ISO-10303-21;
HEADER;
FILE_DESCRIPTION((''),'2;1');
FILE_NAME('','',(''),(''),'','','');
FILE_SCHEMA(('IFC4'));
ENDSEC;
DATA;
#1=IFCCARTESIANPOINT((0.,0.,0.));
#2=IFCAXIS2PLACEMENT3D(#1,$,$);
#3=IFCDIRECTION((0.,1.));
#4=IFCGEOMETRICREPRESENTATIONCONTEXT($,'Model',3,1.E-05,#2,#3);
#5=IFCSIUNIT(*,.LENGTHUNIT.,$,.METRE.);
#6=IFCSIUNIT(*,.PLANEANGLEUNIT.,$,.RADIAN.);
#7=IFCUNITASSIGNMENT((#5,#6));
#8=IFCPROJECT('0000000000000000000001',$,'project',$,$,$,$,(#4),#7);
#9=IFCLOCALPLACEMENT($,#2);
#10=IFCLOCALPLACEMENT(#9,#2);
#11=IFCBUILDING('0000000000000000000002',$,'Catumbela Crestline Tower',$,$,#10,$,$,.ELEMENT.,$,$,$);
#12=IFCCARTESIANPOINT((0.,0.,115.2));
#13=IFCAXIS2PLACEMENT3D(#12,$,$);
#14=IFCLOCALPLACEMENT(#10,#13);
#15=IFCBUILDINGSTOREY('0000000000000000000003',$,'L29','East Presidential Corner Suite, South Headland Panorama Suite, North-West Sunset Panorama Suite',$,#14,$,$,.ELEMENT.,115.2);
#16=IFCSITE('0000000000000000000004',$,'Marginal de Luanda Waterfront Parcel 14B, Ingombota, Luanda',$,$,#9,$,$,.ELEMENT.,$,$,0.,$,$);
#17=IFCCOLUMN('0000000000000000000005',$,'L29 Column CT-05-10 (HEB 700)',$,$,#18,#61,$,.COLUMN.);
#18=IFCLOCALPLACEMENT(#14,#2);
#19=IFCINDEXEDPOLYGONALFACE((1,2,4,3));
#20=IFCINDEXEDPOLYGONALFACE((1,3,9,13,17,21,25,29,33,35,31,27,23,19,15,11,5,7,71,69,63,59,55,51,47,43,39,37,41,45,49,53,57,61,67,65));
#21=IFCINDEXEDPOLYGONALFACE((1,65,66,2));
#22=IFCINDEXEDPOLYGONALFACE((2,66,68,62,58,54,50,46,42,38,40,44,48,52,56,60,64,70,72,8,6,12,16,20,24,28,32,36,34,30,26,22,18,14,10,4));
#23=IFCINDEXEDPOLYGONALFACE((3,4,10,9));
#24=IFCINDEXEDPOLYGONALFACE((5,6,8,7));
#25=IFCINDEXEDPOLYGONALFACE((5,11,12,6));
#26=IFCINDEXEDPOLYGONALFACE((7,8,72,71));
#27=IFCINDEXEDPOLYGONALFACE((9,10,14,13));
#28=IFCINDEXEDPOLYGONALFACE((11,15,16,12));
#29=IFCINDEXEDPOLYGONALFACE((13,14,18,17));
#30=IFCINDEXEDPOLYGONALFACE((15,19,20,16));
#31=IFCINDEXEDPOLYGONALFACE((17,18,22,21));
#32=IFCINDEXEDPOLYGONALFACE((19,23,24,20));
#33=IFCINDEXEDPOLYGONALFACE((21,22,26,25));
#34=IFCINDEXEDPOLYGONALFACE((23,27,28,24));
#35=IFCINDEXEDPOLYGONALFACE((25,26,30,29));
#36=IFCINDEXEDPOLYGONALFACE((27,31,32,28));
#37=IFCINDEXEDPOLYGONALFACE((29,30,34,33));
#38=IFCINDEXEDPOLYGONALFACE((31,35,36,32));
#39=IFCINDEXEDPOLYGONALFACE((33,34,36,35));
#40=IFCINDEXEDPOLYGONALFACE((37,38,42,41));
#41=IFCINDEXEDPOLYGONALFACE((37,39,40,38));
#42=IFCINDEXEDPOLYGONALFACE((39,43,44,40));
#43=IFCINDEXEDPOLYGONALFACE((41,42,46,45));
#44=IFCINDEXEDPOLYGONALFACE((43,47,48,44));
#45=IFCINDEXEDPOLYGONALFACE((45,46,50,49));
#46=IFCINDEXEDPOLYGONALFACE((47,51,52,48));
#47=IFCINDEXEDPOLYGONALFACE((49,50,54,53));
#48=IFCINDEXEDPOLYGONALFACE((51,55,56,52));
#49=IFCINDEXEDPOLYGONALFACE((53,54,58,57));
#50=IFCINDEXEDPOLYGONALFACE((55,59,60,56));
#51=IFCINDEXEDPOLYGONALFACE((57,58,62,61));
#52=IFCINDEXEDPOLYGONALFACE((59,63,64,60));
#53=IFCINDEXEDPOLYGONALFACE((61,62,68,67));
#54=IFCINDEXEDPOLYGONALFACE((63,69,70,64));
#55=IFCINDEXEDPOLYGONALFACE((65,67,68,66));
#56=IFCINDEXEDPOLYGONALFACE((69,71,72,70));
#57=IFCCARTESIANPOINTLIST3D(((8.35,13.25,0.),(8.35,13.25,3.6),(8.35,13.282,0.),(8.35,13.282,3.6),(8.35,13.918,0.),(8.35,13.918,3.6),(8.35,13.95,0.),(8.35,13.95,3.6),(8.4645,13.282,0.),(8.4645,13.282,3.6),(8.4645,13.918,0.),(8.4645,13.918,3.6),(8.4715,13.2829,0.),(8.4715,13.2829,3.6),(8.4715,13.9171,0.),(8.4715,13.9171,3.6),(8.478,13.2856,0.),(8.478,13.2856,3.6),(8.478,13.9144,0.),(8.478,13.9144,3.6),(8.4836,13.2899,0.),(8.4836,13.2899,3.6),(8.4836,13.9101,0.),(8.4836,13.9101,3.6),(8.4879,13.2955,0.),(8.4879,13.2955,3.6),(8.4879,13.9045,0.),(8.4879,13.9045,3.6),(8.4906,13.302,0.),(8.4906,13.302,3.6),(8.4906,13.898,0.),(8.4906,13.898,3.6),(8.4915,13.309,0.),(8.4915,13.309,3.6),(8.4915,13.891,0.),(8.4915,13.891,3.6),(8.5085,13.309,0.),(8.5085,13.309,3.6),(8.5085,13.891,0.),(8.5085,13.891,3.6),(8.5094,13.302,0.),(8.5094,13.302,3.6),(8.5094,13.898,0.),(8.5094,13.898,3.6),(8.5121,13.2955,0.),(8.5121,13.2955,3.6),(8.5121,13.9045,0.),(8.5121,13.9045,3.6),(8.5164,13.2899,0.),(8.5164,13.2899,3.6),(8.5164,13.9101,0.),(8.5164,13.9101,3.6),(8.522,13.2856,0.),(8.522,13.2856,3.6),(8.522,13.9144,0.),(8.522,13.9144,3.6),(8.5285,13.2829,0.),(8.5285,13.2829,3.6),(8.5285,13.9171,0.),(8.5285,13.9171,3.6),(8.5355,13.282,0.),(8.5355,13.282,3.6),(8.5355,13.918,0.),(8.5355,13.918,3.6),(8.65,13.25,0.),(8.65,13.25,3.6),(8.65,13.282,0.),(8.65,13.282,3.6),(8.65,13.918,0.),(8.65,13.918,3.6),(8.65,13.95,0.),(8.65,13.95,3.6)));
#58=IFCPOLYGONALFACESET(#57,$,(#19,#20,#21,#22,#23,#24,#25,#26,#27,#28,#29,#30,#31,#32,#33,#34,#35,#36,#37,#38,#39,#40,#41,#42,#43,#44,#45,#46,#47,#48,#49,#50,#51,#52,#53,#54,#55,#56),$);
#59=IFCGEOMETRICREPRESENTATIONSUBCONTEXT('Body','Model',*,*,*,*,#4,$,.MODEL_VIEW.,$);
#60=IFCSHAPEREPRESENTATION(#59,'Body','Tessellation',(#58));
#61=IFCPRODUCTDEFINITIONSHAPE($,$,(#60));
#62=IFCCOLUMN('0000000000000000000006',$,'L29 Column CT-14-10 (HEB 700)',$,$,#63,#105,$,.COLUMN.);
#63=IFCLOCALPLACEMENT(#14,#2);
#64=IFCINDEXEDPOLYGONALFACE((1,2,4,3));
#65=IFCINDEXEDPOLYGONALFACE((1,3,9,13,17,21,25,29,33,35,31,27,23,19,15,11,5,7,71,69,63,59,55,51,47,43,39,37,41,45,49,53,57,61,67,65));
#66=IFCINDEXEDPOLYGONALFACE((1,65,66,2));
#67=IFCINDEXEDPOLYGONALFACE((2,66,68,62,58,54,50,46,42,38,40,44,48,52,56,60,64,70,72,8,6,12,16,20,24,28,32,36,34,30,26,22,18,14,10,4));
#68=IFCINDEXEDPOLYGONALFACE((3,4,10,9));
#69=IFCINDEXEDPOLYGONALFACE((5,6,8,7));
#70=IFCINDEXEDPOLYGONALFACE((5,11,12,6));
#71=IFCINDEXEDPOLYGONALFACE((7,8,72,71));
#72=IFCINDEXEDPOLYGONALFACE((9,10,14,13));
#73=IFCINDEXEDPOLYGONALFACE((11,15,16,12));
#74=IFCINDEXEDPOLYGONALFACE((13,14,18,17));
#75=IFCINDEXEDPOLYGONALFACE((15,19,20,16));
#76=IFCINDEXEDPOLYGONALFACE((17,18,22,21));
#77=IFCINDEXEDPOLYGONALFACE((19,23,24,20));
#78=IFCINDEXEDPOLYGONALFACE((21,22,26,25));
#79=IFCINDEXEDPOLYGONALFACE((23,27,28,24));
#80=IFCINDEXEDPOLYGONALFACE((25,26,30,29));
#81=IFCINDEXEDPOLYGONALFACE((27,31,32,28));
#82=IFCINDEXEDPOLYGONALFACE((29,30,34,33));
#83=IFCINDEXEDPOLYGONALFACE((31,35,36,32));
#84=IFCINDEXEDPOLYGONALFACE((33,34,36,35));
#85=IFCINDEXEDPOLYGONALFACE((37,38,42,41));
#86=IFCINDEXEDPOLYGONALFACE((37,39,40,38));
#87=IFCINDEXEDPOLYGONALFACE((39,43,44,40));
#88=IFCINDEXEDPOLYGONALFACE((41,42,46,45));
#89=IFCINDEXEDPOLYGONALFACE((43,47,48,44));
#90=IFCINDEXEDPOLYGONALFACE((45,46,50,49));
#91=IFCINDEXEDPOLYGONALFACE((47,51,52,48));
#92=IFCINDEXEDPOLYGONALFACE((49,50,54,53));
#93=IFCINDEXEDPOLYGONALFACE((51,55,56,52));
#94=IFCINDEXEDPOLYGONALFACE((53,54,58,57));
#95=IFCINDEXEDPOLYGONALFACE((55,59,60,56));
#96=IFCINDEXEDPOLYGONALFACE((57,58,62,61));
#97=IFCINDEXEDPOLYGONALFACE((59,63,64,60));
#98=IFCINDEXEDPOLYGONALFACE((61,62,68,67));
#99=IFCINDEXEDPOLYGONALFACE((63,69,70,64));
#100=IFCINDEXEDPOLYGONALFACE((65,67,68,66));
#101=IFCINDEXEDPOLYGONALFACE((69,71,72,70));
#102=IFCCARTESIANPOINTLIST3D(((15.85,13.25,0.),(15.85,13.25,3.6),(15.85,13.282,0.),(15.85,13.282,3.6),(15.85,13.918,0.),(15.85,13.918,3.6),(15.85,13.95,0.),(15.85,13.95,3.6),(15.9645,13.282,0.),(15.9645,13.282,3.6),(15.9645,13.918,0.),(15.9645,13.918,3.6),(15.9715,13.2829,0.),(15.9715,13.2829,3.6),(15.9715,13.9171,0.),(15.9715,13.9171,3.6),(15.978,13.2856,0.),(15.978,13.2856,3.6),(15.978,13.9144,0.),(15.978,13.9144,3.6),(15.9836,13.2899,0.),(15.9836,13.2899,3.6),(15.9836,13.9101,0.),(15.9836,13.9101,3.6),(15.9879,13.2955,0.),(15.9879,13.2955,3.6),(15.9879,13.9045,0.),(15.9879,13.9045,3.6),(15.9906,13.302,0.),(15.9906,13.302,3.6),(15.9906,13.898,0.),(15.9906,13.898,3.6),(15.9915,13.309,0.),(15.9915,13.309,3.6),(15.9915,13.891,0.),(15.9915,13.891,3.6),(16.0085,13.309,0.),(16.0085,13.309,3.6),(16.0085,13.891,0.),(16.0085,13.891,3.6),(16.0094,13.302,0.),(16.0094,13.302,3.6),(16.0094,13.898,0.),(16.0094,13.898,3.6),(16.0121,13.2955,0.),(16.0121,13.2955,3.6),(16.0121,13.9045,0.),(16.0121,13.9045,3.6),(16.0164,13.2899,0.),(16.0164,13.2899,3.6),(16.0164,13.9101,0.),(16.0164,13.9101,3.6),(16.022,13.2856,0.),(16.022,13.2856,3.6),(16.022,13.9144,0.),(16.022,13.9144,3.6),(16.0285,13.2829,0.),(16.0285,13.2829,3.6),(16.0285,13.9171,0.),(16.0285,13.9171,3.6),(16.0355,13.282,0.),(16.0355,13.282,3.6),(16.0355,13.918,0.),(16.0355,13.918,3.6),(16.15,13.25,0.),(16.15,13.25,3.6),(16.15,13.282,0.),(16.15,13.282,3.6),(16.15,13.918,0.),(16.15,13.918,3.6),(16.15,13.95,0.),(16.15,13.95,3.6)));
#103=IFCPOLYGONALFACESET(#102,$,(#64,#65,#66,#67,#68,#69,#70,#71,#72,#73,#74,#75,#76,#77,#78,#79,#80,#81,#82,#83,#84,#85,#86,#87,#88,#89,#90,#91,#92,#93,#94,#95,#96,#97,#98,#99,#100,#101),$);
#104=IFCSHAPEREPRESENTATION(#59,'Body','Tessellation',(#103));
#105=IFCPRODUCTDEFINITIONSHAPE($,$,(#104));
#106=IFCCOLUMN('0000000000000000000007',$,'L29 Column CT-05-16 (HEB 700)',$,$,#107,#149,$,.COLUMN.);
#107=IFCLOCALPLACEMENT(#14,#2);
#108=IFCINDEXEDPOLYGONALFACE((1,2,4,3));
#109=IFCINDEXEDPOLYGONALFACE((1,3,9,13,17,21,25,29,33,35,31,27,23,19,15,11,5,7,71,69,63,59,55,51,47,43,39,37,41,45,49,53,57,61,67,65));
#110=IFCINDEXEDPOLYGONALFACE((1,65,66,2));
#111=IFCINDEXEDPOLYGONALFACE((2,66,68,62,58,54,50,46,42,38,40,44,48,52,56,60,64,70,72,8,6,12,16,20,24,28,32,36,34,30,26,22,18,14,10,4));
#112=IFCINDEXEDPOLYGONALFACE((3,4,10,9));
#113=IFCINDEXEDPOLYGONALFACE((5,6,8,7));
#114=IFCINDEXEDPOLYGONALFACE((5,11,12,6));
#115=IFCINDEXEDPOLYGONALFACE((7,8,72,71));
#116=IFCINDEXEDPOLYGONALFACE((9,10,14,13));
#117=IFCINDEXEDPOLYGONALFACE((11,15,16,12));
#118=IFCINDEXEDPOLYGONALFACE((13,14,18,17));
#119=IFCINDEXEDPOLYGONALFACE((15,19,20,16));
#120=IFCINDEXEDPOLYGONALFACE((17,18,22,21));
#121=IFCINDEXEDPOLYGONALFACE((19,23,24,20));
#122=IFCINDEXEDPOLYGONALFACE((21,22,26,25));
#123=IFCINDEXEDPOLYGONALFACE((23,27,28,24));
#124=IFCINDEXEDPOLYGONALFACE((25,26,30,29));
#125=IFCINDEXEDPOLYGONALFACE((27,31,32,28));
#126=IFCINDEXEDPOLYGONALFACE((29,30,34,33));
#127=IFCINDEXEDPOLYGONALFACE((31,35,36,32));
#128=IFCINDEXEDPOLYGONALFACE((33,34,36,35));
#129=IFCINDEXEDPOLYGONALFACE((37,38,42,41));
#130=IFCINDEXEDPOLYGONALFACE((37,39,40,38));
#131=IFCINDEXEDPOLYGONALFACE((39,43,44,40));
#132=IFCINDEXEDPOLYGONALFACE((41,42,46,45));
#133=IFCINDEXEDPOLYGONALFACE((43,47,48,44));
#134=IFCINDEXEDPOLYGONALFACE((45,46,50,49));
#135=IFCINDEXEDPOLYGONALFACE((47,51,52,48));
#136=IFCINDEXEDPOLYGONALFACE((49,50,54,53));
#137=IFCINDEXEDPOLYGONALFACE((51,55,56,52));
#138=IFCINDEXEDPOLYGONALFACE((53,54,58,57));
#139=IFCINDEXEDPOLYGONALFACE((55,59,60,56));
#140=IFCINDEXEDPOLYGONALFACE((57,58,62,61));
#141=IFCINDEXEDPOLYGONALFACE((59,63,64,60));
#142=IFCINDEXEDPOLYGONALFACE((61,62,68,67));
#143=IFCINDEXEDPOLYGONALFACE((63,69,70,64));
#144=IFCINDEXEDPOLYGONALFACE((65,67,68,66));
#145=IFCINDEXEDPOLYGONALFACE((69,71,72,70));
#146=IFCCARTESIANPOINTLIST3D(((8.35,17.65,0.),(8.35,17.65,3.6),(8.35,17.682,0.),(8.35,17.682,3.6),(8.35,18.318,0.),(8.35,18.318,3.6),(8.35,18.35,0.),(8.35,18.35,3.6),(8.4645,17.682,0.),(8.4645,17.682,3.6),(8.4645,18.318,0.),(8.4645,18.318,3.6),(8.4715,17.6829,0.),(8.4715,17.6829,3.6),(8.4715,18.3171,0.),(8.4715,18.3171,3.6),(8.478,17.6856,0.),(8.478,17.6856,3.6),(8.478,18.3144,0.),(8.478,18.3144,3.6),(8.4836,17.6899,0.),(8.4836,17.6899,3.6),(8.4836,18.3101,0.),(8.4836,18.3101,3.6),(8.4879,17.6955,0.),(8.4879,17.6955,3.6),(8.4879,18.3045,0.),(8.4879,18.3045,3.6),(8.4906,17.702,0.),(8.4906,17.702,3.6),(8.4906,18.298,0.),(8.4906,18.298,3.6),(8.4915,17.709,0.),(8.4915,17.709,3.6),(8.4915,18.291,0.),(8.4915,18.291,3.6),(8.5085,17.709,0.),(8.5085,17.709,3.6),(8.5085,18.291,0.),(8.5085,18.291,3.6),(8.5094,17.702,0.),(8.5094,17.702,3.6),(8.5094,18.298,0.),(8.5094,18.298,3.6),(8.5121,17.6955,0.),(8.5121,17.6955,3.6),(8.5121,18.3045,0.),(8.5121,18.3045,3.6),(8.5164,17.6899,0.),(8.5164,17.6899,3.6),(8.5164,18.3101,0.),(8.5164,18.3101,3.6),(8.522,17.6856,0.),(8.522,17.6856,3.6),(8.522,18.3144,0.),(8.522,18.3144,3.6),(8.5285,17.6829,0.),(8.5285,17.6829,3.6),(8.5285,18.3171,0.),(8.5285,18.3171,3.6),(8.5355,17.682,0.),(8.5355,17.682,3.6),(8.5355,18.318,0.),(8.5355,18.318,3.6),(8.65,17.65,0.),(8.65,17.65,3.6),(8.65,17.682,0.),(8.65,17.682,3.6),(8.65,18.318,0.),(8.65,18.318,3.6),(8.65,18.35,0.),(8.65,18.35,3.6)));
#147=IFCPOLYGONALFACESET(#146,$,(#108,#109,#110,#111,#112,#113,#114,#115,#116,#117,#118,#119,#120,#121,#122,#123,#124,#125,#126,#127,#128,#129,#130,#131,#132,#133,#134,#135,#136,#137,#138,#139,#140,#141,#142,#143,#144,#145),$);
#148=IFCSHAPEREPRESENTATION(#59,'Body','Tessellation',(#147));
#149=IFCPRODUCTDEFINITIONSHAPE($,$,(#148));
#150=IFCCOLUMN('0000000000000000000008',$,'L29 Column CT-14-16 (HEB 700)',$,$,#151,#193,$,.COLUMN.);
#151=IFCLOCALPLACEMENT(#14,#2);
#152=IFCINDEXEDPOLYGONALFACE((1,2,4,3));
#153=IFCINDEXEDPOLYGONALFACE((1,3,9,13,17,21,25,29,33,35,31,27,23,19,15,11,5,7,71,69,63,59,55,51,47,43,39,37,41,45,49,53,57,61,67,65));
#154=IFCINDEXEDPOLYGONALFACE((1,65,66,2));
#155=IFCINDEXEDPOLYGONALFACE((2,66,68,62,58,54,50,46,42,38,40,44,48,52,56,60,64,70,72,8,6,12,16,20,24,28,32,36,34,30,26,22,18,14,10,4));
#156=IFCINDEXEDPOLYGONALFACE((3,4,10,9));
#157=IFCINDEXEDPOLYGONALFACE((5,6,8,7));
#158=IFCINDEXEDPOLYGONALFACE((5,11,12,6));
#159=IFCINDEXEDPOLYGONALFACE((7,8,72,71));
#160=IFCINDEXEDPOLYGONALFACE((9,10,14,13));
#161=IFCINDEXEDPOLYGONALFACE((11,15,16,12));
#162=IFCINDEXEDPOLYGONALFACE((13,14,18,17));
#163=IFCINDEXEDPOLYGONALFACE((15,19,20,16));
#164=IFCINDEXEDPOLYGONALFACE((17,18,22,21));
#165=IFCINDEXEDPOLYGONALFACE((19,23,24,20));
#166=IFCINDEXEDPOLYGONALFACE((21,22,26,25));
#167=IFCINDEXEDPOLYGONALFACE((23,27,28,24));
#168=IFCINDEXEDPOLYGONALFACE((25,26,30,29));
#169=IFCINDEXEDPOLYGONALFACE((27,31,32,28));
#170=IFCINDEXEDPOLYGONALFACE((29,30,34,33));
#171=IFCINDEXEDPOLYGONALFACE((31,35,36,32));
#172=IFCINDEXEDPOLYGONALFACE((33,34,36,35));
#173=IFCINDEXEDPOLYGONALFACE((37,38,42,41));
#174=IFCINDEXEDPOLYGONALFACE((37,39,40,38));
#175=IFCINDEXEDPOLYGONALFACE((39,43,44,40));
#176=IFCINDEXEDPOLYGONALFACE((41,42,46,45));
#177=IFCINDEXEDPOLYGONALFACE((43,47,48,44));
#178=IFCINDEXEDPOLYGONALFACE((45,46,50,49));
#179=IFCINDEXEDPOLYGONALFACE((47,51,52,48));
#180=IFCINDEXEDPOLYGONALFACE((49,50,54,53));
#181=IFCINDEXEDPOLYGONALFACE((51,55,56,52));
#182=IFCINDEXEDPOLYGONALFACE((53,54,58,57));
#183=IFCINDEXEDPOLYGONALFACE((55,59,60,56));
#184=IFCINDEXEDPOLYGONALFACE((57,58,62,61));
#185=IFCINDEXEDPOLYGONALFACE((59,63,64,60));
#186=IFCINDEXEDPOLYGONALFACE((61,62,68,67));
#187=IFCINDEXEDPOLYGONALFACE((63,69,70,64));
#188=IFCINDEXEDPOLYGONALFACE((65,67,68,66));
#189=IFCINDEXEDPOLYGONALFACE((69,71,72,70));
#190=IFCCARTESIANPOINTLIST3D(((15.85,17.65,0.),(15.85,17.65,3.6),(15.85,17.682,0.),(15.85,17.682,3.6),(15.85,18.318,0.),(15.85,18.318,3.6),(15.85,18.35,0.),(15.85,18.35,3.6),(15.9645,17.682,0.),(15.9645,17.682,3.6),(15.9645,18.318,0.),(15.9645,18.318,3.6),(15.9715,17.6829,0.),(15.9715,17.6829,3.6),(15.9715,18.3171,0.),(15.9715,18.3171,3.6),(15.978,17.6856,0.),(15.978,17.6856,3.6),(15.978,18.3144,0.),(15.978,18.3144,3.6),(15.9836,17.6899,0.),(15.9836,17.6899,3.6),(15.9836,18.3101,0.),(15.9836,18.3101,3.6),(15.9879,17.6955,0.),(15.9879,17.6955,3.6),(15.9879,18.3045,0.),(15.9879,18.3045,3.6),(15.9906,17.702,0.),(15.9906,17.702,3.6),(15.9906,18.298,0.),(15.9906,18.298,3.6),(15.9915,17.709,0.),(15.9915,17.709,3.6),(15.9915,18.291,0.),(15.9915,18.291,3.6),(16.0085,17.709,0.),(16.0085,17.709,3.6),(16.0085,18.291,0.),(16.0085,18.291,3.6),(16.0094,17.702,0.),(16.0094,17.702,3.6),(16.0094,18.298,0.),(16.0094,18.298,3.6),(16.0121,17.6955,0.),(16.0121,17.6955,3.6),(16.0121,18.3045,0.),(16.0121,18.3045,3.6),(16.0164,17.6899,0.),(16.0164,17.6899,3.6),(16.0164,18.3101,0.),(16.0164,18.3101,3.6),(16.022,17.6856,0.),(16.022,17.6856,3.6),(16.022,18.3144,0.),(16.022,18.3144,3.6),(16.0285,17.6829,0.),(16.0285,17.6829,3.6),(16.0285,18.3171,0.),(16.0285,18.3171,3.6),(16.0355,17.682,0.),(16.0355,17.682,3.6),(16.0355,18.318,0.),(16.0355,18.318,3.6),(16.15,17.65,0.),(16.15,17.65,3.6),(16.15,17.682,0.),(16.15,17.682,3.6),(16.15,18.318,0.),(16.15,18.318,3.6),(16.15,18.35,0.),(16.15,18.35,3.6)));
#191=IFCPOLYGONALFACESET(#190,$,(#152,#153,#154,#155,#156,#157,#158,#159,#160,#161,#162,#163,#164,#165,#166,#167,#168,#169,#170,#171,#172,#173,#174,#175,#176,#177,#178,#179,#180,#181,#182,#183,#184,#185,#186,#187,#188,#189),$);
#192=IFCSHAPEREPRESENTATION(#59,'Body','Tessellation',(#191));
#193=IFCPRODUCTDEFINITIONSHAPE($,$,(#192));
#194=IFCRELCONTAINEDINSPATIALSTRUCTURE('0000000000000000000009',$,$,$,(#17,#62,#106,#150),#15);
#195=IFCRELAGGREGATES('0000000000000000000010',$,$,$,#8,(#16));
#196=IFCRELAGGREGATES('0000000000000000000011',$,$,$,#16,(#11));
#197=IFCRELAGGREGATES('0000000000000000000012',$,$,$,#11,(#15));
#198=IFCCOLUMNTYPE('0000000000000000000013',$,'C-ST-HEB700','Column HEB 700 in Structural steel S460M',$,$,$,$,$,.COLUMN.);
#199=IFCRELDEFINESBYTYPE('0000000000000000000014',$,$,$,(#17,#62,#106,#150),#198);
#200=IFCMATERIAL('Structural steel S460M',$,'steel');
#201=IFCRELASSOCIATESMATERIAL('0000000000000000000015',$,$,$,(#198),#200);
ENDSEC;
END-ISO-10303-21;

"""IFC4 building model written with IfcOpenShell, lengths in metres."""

from ifc_helpers import new_model, si_unit, direction, frame, origin, origin_2d, place, context, subcontext, project, spatial, i_section, extrude, material, material_profile, profile_set, type_object, element, save


model = new_model("IFC4")

# Units and contexts
model_context = context("Model", 3, precision=1e-05, world=origin(), true_north=direction((0.0, 1.0)))
body_context = subcontext(model_context, "Body", "Model", "MODEL_VIEW")
ifc_project = project(units=[si_unit("LENGTHUNIT", "METRE"), si_unit("PLANEANGLEUNIT", "RADIAN")], contexts=[model_context])

# Site, building, storey
site_placement = place(None, origin())
site = spatial("IfcSite", under=ifc_project, at=site_placement, Name="Marginal de Luanda Waterfront Parcel 14B, Ingombota, Luanda", CompositionType="ELEMENT", RefElevation=0.0)
building_placement = place(site_placement, origin())
building = spatial("IfcBuilding", under=site, at=building_placement, Name="Catumbela Crestline Tower", CompositionType="ELEMENT")
storey_placement = place(building_placement, frame((0.0, 0.0, 115.2)))
storey = spatial("IfcBuildingStorey", under=building, at=storey_placement, Name="L29", Description="East Presidential Corner Suite, South Headland Panorama Suite, North-West Sunset Panorama Suite", CompositionType="ELEMENT", Elevation=115.2)

# Columns
ifc_material_1 = material(Name="Structural steel S460M", Category="steel")
ifc_material_profile_1 = material_profile(ifc_material_1, i_section(OverallWidth=0.3, OverallDepth=0.7, WebThickness=0.017, FlangeThickness=0.032, FilletRadius=0.027, at=origin_2d()), Name="HEB 700")
ifc_profile_set_1 = profile_set([ifc_material_profile_1], Name="Structural steel S460M")
column_type = type_object("IfcColumnType", Name="C-ST-HEB700", Description="Column HEB 700 in Structural steel S460M", PredefinedType="COLUMN", material=ifc_profile_set_1)
for number, where, z_axis, x_axis, name in (
    (1, (8.5, 13.6, 0.0), (0.0, 0.0, 1.0), (1.0, 0.0, 0.0), "L29 Column CT-05-10 (HEB 700)"),
    (2, (16.0, 13.6, 0.0), (0.0, 0.0, 1.0), (1.0, 0.0, 0.0), "L29 Column CT-14-10 (HEB 700)"),
    (3, (8.5, 18.0, 0.0), (0.0, 0.0, 1.0), (1.0, 0.0, 0.0), "L29 Column CT-05-16 (HEB 700)"),
    (4, (16.0, 18.0, 0.0), (0.0, 0.0, 1.0), (1.0, 0.0, 0.0), "L29 Column CT-14-16 (HEB 700)"),
):
    element("IfcColumn", number, at=place(storey_placement, frame(where, z_axis=z_axis, x_axis=x_axis)), inside=storey, type_object=column_type, Name=name, PredefinedType="COLUMN", context=body_context, shape_type="SweptSolid", body=[
        extrude(i_section(OverallWidth=0.3, OverallDepth=0.7, WebThickness=0.017, FlangeThickness=0.032, FilletRadius=0.027, at=origin_2d()), origin(), (0.0, 0.0, 1.0), 3.6),
    ])

save(model, "model.ifc")
